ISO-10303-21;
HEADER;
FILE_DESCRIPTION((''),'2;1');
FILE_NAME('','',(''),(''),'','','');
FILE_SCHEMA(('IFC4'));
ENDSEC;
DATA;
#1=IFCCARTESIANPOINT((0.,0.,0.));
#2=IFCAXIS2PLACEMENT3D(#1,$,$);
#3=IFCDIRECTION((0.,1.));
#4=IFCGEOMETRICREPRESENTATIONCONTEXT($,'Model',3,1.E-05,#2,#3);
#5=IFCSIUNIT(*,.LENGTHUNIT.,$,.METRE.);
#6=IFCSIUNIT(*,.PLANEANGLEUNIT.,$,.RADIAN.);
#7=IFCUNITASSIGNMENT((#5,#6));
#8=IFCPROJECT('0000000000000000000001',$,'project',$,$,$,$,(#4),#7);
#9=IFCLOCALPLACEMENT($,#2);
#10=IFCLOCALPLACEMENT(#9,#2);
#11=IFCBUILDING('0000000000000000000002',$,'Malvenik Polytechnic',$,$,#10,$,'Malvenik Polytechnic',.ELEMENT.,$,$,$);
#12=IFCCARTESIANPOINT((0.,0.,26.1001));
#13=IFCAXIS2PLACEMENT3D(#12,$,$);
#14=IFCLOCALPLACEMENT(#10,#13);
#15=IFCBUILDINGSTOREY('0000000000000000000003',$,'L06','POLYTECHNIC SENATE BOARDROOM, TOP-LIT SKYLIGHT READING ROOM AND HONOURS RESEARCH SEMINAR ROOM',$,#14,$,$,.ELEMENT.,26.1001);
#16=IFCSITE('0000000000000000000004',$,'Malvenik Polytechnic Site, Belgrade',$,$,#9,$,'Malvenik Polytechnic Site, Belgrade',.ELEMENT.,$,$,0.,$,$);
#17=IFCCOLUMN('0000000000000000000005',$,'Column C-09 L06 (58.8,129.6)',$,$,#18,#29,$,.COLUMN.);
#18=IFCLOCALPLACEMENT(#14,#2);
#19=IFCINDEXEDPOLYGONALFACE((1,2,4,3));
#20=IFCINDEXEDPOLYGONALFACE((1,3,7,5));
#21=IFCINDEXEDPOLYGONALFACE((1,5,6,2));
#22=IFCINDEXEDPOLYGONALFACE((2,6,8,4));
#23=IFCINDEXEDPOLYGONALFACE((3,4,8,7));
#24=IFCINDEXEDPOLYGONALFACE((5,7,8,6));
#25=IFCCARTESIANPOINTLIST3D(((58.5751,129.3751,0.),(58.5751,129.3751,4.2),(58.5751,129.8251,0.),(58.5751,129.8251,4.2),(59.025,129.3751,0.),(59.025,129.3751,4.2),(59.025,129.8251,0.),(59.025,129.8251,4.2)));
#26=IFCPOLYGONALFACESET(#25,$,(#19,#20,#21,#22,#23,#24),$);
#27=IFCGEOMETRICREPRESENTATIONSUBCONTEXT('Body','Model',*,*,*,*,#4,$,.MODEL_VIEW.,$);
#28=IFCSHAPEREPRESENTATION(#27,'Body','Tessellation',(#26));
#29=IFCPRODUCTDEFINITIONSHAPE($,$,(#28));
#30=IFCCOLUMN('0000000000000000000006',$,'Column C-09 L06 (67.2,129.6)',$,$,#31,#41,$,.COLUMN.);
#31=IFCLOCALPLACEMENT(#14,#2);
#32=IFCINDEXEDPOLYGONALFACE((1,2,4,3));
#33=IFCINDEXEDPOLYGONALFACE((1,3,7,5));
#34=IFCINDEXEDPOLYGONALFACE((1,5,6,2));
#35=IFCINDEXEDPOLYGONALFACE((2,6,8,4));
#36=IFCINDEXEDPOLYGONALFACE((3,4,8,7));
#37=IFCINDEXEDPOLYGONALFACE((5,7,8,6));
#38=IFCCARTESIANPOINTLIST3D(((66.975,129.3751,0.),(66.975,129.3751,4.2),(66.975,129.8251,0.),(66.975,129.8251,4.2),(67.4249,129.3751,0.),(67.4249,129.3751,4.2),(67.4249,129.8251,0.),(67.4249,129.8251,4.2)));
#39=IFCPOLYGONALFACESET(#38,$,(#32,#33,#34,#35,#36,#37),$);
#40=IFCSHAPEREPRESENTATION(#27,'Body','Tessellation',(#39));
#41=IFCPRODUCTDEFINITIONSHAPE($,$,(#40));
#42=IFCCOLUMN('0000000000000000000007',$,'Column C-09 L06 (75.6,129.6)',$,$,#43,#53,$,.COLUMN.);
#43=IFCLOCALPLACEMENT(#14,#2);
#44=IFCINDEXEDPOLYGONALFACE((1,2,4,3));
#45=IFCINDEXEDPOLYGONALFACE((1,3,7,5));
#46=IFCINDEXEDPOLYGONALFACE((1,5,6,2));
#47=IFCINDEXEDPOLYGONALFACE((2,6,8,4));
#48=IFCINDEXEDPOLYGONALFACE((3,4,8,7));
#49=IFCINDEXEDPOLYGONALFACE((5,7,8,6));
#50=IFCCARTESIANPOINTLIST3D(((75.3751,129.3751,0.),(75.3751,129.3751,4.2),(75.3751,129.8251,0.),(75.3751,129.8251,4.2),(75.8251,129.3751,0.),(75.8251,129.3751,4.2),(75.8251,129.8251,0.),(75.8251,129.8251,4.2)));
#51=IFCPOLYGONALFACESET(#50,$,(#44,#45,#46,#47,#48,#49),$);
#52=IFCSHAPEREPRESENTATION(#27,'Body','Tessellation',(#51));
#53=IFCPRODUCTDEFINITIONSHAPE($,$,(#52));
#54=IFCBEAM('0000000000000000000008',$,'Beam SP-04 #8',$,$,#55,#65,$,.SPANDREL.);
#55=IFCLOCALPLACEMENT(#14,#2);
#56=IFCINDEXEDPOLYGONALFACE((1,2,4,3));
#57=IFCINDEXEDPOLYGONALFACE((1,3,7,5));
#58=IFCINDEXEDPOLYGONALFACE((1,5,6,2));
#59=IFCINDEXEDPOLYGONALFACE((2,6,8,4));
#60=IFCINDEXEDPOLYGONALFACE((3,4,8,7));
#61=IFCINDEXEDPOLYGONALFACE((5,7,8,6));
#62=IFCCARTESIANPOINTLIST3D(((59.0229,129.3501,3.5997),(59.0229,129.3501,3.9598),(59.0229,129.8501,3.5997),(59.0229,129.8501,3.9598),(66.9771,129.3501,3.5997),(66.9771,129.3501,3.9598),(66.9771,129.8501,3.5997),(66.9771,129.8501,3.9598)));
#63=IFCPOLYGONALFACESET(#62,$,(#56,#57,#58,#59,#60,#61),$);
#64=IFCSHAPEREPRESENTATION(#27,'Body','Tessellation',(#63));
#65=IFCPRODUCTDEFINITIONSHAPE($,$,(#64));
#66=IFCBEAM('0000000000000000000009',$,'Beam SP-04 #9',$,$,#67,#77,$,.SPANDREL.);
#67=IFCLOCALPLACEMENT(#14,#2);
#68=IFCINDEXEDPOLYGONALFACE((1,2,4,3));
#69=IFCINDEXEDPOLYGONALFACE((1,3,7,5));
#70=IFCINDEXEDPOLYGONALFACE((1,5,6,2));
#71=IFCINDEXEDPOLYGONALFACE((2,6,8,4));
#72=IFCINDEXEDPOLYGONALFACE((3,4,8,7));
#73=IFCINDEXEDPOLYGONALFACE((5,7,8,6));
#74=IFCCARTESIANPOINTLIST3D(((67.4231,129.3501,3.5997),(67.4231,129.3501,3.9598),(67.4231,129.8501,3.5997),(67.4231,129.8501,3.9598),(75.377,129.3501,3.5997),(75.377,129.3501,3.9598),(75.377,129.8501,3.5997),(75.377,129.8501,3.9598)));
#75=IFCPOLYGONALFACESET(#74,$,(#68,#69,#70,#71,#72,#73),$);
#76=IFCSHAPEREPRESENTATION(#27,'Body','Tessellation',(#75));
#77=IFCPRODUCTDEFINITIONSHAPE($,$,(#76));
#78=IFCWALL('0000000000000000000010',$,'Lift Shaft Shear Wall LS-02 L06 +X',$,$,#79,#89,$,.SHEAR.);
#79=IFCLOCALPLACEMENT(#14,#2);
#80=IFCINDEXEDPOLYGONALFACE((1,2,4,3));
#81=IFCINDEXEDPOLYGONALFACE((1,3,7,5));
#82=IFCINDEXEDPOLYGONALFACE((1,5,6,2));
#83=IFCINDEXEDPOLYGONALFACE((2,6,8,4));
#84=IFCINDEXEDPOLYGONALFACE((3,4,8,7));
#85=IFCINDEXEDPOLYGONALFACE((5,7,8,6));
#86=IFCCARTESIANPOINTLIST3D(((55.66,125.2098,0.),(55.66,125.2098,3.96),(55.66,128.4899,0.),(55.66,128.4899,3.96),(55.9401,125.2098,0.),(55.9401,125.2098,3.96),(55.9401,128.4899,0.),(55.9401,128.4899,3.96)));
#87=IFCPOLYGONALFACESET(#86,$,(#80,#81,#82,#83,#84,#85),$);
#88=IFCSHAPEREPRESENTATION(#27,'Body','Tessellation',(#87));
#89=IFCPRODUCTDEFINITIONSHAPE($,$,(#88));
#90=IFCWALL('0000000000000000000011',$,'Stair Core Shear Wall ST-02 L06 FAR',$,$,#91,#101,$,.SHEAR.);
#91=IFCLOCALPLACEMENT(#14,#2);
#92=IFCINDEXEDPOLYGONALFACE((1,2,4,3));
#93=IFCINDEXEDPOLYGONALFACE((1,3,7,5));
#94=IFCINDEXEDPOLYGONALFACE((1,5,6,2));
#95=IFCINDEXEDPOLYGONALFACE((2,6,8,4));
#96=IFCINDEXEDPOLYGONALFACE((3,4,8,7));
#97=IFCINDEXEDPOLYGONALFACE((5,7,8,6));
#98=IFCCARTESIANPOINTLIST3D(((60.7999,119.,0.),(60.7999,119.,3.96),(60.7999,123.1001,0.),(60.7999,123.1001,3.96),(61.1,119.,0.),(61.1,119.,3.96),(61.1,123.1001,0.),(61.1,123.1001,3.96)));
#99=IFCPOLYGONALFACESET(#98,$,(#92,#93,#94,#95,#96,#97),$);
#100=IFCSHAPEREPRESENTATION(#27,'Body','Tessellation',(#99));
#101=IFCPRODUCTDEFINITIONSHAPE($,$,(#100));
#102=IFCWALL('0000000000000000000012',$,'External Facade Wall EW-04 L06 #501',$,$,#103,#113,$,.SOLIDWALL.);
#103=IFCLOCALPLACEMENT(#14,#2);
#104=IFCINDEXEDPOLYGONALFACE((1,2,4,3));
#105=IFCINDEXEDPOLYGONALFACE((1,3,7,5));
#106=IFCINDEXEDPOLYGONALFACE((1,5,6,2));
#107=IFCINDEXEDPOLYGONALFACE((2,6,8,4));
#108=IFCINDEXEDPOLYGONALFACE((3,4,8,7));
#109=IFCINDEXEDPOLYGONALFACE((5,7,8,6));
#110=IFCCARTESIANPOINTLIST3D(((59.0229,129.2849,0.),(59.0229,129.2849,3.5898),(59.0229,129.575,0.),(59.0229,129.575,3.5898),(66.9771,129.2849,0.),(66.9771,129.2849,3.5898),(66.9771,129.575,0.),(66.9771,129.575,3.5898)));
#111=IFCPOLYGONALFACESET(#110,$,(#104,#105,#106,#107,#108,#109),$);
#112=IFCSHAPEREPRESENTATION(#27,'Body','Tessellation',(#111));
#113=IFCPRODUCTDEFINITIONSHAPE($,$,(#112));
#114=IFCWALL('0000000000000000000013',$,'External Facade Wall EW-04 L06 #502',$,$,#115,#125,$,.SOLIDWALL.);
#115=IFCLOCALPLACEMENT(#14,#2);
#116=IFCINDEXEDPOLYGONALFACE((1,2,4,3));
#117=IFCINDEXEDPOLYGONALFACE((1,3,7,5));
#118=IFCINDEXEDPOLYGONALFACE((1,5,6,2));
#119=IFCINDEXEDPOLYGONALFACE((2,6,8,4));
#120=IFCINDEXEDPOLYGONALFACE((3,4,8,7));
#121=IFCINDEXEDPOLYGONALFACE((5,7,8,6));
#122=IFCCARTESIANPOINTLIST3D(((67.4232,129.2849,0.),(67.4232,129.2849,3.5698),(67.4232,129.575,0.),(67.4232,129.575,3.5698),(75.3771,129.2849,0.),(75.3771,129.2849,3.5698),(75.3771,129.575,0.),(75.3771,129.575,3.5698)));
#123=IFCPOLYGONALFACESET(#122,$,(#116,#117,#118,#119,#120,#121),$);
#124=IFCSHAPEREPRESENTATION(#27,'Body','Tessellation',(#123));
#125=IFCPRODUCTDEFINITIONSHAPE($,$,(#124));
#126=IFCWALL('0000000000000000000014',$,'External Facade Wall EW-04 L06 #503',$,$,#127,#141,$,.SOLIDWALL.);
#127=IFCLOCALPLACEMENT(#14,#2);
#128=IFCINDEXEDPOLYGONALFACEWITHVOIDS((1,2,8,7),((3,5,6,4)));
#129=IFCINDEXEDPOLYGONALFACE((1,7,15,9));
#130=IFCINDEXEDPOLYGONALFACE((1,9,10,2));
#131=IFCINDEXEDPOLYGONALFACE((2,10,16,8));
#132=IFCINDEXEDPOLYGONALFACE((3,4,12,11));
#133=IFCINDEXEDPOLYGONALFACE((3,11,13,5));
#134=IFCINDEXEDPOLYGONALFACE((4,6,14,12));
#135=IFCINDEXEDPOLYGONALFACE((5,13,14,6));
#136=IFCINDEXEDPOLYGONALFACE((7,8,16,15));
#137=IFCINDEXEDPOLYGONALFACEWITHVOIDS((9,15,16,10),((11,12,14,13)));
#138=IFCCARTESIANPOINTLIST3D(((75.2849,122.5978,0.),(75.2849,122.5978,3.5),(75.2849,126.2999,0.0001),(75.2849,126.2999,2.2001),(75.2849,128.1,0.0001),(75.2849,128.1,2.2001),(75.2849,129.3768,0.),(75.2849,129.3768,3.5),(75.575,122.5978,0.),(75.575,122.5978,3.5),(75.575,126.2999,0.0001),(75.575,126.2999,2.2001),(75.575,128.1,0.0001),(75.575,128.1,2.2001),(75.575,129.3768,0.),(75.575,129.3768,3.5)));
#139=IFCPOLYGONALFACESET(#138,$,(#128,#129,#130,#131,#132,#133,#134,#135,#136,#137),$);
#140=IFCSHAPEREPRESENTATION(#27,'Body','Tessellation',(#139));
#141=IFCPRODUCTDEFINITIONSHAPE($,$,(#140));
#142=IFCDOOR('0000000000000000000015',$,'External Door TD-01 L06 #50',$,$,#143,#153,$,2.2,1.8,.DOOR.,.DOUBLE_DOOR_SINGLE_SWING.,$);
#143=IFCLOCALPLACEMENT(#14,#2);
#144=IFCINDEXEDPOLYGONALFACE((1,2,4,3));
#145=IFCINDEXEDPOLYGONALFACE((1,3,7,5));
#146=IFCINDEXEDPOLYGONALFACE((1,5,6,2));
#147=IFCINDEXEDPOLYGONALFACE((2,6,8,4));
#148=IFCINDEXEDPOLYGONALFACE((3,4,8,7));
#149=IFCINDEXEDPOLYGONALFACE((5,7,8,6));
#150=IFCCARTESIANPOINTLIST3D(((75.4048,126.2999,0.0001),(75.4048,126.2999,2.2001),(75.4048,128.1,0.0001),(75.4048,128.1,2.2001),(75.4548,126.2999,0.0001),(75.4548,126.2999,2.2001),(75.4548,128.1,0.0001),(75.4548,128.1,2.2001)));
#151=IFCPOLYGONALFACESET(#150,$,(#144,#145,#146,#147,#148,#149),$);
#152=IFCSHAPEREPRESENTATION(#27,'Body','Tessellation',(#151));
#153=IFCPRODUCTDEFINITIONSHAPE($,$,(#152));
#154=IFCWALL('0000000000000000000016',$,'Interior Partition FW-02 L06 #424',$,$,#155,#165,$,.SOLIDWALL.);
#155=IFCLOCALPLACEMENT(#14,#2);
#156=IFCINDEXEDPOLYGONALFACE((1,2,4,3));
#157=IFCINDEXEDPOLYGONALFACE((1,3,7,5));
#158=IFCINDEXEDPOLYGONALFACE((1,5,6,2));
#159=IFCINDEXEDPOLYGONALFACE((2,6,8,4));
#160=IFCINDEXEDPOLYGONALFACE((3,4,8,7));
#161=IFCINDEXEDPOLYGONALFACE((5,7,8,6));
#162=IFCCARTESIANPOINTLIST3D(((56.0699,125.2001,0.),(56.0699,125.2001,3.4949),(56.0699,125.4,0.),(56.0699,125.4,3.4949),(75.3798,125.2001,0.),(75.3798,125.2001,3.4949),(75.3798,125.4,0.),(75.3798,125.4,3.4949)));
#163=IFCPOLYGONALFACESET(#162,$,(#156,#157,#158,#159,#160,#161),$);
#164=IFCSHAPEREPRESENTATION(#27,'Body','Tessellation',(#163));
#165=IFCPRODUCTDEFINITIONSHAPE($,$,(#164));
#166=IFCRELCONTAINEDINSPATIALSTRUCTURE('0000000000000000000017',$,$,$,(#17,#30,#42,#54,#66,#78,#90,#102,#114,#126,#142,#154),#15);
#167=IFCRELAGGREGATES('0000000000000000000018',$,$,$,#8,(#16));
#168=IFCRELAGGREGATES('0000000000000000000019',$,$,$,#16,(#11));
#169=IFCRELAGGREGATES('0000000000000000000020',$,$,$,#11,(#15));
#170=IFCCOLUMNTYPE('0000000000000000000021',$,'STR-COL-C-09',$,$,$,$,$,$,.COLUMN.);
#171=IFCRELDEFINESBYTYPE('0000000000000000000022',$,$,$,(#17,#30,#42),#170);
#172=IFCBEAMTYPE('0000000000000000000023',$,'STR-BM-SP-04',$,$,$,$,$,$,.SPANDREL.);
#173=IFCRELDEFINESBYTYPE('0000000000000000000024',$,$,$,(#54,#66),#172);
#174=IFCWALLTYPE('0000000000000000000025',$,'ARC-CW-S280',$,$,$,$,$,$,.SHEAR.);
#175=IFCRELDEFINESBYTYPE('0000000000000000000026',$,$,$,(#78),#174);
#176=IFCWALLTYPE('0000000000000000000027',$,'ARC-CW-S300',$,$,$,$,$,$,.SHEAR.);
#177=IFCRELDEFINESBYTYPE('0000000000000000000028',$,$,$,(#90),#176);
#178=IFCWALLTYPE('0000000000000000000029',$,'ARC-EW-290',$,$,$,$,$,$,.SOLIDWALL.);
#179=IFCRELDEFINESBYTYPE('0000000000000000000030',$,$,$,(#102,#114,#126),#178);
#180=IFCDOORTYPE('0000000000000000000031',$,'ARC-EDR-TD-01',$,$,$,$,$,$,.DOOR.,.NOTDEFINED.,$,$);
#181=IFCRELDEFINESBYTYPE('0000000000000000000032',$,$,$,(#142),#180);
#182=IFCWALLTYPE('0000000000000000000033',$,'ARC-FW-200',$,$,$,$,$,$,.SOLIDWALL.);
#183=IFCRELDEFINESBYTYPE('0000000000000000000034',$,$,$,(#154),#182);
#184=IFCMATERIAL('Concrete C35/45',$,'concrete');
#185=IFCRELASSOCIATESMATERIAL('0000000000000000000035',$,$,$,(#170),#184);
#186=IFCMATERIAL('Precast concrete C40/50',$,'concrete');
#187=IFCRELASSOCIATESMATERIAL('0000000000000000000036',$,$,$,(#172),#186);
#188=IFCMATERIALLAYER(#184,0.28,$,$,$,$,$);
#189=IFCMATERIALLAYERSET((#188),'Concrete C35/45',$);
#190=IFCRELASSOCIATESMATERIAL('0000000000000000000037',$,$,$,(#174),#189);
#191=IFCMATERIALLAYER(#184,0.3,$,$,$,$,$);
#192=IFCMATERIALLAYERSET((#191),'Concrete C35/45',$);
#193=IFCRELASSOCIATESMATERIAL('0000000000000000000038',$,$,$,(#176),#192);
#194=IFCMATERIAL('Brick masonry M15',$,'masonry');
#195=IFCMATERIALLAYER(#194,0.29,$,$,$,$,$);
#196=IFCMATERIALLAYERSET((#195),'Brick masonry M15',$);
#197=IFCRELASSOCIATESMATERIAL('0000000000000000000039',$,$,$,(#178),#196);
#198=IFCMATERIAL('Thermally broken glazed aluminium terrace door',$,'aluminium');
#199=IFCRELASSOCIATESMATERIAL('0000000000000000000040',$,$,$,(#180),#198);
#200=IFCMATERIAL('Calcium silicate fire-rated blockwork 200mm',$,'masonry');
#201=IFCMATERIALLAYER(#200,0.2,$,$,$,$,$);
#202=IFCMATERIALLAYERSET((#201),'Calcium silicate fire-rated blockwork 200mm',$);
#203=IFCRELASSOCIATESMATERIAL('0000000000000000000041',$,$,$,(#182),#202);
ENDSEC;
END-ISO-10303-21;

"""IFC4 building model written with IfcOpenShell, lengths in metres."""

from ifc_helpers import new_model, si_unit, direction, frame, frame_2d, origin, origin_2d, place, context, subcontext, project, spatial, rectangle, extrude, material, layer, layer_set, material_profile, profile_set, type_object, element, fill, save


model = new_model("IFC4")

# Units and contexts
model_context = context("Model", 3, precision=1e-05, world=origin(), true_north=direction((0.0, 1.0)))
body_context = subcontext(model_context, "Body", "Model", "MODEL_VIEW")
ifc_project = project(units=[si_unit("LENGTHUNIT", "METRE"), si_unit("PLANEANGLEUNIT", "RADIAN")], contexts=[model_context])

# Site, building, storey
site_placement = place(None, origin())
site = spatial("IfcSite", under=ifc_project, at=site_placement, Name="Malvenik Polytechnic Site, Belgrade", LongName="Malvenik Polytechnic Site, Belgrade", CompositionType="ELEMENT", RefElevation=0.0)
building_placement = place(site_placement, origin())
building = spatial("IfcBuilding", under=site, at=building_placement, Name="Malvenik Polytechnic", LongName="Malvenik Polytechnic", CompositionType="ELEMENT")
storey_placement = place(building_placement, frame((0.0, 0.0, 26.1001)))
storey = spatial("IfcBuildingStorey", under=building, at=storey_placement, Name="L06", Description="POLYTECHNIC SENATE BOARDROOM, TOP-LIT SKYLIGHT READING ROOM AND HONOURS RESEARCH SEMINAR ROOM", CompositionType="ELEMENT", Elevation=26.1001)

# Columns
ifc_material_1 = material(Name="Concrete C35/45", Category="concrete")
ifc_material_profile_1 = material_profile(ifc_material_1, rectangle(XDim=0.45, YDim=0.45, at=origin_2d()), Name="RC COL 450x450")
ifc_profile_set_1 = profile_set([ifc_material_profile_1], Name="Concrete C35/45")
column_type = type_object("IfcColumnType", Name="STR-COL-C-09", PredefinedType="COLUMN", material=ifc_profile_set_1)
for number, where, z_axis, x_axis, name in (
    (1, (58.8, 129.6001, 0.0), (0.0, 0.0, 1.0), (1.0, 0.0, 0.0), "Column C-09 L06 (58.8,129.6)"),
    (2, (67.2, 129.6001, 0.0), (0.0, 0.0, 1.0), (1.0, 0.0, 0.0), "Column C-09 L06 (67.2,129.6)"),
    (3, (75.6001, 129.6001, 0.0), (0.0, 0.0, 1.0), (1.0, 0.0, 0.0), "Column C-09 L06 (75.6,129.6)"),
):
    element("IfcColumn", number, at=place(storey_placement, frame(where, z_axis=z_axis, x_axis=x_axis)), inside=storey, type_object=column_type, Name=name, PredefinedType="COLUMN", context=body_context, shape_type="SweptSolid", body=[
        extrude(rectangle(XDim=0.45, YDim=0.45, at=origin_2d()), origin(), (0.0, 0.0, 1.0), 4.2),
    ])

# Beams
ifc_material_2 = material(Name="Precast concrete C40/50", Category="concrete")
ifc_material_profile_2 = material_profile(ifc_material_2, rectangle(XDim=0.5, YDim=0.3601, at=origin_2d()), Name="PC CRN 500x360")
ifc_profile_set_2 = profile_set([ifc_material_profile_2], Name="Precast concrete C40/50")
beam_type = type_object("IfcBeamType", Name="STR-BM-SP-04", PredefinedType="SPANDREL", material=ifc_profile_set_2)
beam_1_placement = place(storey_placement, frame((59.0229, 129.6001, 3.7798), z_axis=(1.0, 0.0, 0.0), x_axis=(0.0, 1.0, 0.0)))
element("IfcBeam", 4, at=beam_1_placement, inside=storey, type_object=beam_type, Name="Beam SP-04 #8", PredefinedType="SPANDREL", context=body_context, shape_type="SweptSolid", body=[
    extrude(rectangle(XDim=0.5, YDim=0.3601, at=origin_2d()), origin(), (0.0, 0.0, 1.0), 7.9541),
])
beam_2_placement = place(storey_placement, frame((67.4231, 129.6001, 3.7798), z_axis=(1.0, 0.0, 0.0), x_axis=(0.0, 1.0, 0.0)))
element("IfcBeam", 5, at=beam_2_placement, inside=storey, type_object=beam_type, Name="Beam SP-04 #9", PredefinedType="SPANDREL", context=body_context, shape_type="SweptSolid", body=[
    extrude(rectangle(XDim=0.5, YDim=0.3601, at=origin_2d()), origin(), (0.0, 0.0, 1.0), 7.9539),
])

# Shared definitions
ifc_layer_1 = layer(ifc_material_1, 0.28)
ifc_layer_set_1 = layer_set([ifc_layer_1], Name="Concrete C35/45")
wall_type_1 = type_object("IfcWallType", Name="ARC-CW-S280", PredefinedType="SHEAR", material=ifc_layer_set_1)

# Walls
wall_1_placement = place(storey_placement, frame((55.8, 128.49, 0.0), z_axis=(0.0, 0.0, 1.0), x_axis=(0.0, -1.0, 0.0)))
element("IfcWall", 6, at=wall_1_placement, inside=storey, type_object=wall_type_1, Name="Lift Shaft Shear Wall LS-02 L06 +X", PredefinedType="SHEAR", context=body_context, shape_type="SweptSolid", body=[
    extrude(rectangle(XDim=3.28, YDim=0.28, at=frame_2d((1.6401, 0.0))), origin(), (0.0, 0.0, 1.0), 3.96),
])
ifc_layer_2 = layer(ifc_material_1, 0.3)
ifc_layer_set_2 = layer_set([ifc_layer_2], Name="Concrete C35/45")
wall_type_2 = type_object("IfcWallType", Name="ARC-CW-S300", PredefinedType="SHEAR", material=ifc_layer_set_2)
wall_2_placement = place(storey_placement, frame((60.95, 123.1001, 0.0), z_axis=(0.0, 0.0, 1.0), x_axis=(0.0, -1.0, 0.0)))
element("IfcWall", 7, at=wall_2_placement, inside=storey, type_object=wall_type_2, Name="Stair Core Shear Wall ST-02 L06 FAR", PredefinedType="SHEAR", context=body_context, shape_type="SweptSolid", body=[
    extrude(rectangle(XDim=4.1001, YDim=0.3, at=frame_2d((2.05, 0.0))), origin(), (0.0, 0.0, 1.0), 3.96),
])
ifc_material_3 = material(Name="Brick masonry M15", Category="masonry")
ifc_layer_3 = layer(ifc_material_3, 0.29)
ifc_layer_set_3 = layer_set([ifc_layer_3], Name="Brick masonry M15")
wall_type_3 = type_object("IfcWallType", Name="ARC-EW-290", PredefinedType="SOLIDWALL", material=ifc_layer_set_3)
wall_3_placement = place(storey_placement, frame((59.0229, 129.4299, 0.0), z_axis=(0.0, 0.0, 1.0), x_axis=(1.0, 0.0, 0.0)))
element("IfcWall", 8, at=wall_3_placement, inside=storey, type_object=wall_type_3, Name="External Facade Wall EW-04 L06 #501", PredefinedType="SOLIDWALL", context=body_context, shape_type="SweptSolid", body=[
    extrude(rectangle(XDim=7.9541, YDim=0.29, at=frame_2d((3.9771, 0.0))), origin(), (0.0, 0.0, 1.0), 3.5898),
])
wall_4_placement = place(storey_placement, frame((67.4231, 129.4299, 0.0), z_axis=(0.0, 0.0, 1.0), x_axis=(1.0, 0.0, 0.0)))
element("IfcWall", 9, at=wall_4_placement, inside=storey, type_object=wall_type_3, Name="External Facade Wall EW-04 L06 #502", PredefinedType="SOLIDWALL", context=body_context, shape_type="SweptSolid", body=[
    extrude(rectangle(XDim=7.9539, YDim=0.29, at=frame_2d((3.9771, 0.0))), origin(), (0.0, 0.0, 1.0), 3.5698),
])

# Wall, opening, door
wall_5_placement = place(storey_placement, frame((75.4299, 129.377, 0.0), z_axis=(0.0, 0.0, 1.0), x_axis=(0.0, -1.0, 0.0)))
wall_5 = element("IfcWall", 10, at=wall_5_placement, inside=storey, type_object=wall_type_3, Name="External Facade Wall EW-04 L06 #503", PredefinedType="SOLIDWALL", context=body_context, shape_type="SweptSolid", body=[
    extrude(rectangle(XDim=6.7791, YDim=0.29, at=frame_2d((3.3896, 0.0))), origin(), (0.0, 0.0, 1.0), 3.5),
])
opening_1_placement = place(wall_5_placement, frame((1.2771, 0.0, 0.0)))
opening_1 = element("IfcOpeningElement", 11, at=opening_1_placement, cuts=wall_5, PredefinedType="OPENING", context=body_context, shape_type="SweptSolid", body=[
    extrude(rectangle(XDim=1.8, YDim=2.2, at=frame_2d((0.8999, 1.1001))), frame((0.0, 0.155, 0.0), z_axis=(0.0, -1.0, 0.0), x_axis=(1.0, 0.0, 0.0)), (0.0, 0.0, 1.0), 0.3101),
])
ifc_material_4 = material(Name="Thermally broken glazed aluminium terrace door", Category="aluminium")
door_type_1 = type_object("IfcDoorType", Name="ARC-EDR-TD-01", OperationType="NOTDEFINED", PredefinedType="DOOR", material=ifc_material_4)
door_1_placement = place(opening_1_placement, origin())
door_1 = element("IfcDoor", 12, at=door_1_placement, inside=storey, type_object=door_type_1, Name="External Door TD-01 L06 #50", OperationType="DOUBLE_DOOR_SINGLE_SWING", OverallHeight=2.2, OverallWidth=1.8, PredefinedType="DOOR", context=body_context, shape_type="SweptSolid", body=[
    extrude(rectangle(XDim=1.8, YDim=2.2, at=frame_2d((0.8999, 1.1001))), frame((0.0, 0.0249, 0.0), z_axis=(0.0, -1.0, 0.0), x_axis=(1.0, 0.0, 0.0)), (0.0, 0.0, 1.0), 0.05),
])
fill(opening_1, door_1)

# Wall
ifc_material_5 = material(Name="Calcium silicate fire-rated blockwork 200mm", Category="masonry")
ifc_layer_4 = layer(ifc_material_5, 0.2)
ifc_layer_set_4 = layer_set([ifc_layer_4], Name="Calcium silicate fire-rated blockwork 200mm")
wall_type_4 = type_object("IfcWallType", Name="ARC-FW-200", PredefinedType="SOLIDWALL", material=ifc_layer_set_4)
wall_6_placement = place(storey_placement, frame((56.0701, 125.3, 0.0), z_axis=(0.0, 0.0, 1.0), x_axis=(1.0, 0.0, 0.0)))
element("IfcWall", 13, at=wall_6_placement, inside=storey, type_object=wall_type_4, Name="Interior Partition FW-02 L06 #424", PredefinedType="SOLIDWALL", context=body_context, shape_type="SweptSolid", body=[
    extrude(rectangle(XDim=19.3098, YDim=0.2, at=frame_2d((9.6548, 0.0))), origin(), (0.0, 0.0, 1.0), 3.4949),
])

save(model, "model.ifc")
